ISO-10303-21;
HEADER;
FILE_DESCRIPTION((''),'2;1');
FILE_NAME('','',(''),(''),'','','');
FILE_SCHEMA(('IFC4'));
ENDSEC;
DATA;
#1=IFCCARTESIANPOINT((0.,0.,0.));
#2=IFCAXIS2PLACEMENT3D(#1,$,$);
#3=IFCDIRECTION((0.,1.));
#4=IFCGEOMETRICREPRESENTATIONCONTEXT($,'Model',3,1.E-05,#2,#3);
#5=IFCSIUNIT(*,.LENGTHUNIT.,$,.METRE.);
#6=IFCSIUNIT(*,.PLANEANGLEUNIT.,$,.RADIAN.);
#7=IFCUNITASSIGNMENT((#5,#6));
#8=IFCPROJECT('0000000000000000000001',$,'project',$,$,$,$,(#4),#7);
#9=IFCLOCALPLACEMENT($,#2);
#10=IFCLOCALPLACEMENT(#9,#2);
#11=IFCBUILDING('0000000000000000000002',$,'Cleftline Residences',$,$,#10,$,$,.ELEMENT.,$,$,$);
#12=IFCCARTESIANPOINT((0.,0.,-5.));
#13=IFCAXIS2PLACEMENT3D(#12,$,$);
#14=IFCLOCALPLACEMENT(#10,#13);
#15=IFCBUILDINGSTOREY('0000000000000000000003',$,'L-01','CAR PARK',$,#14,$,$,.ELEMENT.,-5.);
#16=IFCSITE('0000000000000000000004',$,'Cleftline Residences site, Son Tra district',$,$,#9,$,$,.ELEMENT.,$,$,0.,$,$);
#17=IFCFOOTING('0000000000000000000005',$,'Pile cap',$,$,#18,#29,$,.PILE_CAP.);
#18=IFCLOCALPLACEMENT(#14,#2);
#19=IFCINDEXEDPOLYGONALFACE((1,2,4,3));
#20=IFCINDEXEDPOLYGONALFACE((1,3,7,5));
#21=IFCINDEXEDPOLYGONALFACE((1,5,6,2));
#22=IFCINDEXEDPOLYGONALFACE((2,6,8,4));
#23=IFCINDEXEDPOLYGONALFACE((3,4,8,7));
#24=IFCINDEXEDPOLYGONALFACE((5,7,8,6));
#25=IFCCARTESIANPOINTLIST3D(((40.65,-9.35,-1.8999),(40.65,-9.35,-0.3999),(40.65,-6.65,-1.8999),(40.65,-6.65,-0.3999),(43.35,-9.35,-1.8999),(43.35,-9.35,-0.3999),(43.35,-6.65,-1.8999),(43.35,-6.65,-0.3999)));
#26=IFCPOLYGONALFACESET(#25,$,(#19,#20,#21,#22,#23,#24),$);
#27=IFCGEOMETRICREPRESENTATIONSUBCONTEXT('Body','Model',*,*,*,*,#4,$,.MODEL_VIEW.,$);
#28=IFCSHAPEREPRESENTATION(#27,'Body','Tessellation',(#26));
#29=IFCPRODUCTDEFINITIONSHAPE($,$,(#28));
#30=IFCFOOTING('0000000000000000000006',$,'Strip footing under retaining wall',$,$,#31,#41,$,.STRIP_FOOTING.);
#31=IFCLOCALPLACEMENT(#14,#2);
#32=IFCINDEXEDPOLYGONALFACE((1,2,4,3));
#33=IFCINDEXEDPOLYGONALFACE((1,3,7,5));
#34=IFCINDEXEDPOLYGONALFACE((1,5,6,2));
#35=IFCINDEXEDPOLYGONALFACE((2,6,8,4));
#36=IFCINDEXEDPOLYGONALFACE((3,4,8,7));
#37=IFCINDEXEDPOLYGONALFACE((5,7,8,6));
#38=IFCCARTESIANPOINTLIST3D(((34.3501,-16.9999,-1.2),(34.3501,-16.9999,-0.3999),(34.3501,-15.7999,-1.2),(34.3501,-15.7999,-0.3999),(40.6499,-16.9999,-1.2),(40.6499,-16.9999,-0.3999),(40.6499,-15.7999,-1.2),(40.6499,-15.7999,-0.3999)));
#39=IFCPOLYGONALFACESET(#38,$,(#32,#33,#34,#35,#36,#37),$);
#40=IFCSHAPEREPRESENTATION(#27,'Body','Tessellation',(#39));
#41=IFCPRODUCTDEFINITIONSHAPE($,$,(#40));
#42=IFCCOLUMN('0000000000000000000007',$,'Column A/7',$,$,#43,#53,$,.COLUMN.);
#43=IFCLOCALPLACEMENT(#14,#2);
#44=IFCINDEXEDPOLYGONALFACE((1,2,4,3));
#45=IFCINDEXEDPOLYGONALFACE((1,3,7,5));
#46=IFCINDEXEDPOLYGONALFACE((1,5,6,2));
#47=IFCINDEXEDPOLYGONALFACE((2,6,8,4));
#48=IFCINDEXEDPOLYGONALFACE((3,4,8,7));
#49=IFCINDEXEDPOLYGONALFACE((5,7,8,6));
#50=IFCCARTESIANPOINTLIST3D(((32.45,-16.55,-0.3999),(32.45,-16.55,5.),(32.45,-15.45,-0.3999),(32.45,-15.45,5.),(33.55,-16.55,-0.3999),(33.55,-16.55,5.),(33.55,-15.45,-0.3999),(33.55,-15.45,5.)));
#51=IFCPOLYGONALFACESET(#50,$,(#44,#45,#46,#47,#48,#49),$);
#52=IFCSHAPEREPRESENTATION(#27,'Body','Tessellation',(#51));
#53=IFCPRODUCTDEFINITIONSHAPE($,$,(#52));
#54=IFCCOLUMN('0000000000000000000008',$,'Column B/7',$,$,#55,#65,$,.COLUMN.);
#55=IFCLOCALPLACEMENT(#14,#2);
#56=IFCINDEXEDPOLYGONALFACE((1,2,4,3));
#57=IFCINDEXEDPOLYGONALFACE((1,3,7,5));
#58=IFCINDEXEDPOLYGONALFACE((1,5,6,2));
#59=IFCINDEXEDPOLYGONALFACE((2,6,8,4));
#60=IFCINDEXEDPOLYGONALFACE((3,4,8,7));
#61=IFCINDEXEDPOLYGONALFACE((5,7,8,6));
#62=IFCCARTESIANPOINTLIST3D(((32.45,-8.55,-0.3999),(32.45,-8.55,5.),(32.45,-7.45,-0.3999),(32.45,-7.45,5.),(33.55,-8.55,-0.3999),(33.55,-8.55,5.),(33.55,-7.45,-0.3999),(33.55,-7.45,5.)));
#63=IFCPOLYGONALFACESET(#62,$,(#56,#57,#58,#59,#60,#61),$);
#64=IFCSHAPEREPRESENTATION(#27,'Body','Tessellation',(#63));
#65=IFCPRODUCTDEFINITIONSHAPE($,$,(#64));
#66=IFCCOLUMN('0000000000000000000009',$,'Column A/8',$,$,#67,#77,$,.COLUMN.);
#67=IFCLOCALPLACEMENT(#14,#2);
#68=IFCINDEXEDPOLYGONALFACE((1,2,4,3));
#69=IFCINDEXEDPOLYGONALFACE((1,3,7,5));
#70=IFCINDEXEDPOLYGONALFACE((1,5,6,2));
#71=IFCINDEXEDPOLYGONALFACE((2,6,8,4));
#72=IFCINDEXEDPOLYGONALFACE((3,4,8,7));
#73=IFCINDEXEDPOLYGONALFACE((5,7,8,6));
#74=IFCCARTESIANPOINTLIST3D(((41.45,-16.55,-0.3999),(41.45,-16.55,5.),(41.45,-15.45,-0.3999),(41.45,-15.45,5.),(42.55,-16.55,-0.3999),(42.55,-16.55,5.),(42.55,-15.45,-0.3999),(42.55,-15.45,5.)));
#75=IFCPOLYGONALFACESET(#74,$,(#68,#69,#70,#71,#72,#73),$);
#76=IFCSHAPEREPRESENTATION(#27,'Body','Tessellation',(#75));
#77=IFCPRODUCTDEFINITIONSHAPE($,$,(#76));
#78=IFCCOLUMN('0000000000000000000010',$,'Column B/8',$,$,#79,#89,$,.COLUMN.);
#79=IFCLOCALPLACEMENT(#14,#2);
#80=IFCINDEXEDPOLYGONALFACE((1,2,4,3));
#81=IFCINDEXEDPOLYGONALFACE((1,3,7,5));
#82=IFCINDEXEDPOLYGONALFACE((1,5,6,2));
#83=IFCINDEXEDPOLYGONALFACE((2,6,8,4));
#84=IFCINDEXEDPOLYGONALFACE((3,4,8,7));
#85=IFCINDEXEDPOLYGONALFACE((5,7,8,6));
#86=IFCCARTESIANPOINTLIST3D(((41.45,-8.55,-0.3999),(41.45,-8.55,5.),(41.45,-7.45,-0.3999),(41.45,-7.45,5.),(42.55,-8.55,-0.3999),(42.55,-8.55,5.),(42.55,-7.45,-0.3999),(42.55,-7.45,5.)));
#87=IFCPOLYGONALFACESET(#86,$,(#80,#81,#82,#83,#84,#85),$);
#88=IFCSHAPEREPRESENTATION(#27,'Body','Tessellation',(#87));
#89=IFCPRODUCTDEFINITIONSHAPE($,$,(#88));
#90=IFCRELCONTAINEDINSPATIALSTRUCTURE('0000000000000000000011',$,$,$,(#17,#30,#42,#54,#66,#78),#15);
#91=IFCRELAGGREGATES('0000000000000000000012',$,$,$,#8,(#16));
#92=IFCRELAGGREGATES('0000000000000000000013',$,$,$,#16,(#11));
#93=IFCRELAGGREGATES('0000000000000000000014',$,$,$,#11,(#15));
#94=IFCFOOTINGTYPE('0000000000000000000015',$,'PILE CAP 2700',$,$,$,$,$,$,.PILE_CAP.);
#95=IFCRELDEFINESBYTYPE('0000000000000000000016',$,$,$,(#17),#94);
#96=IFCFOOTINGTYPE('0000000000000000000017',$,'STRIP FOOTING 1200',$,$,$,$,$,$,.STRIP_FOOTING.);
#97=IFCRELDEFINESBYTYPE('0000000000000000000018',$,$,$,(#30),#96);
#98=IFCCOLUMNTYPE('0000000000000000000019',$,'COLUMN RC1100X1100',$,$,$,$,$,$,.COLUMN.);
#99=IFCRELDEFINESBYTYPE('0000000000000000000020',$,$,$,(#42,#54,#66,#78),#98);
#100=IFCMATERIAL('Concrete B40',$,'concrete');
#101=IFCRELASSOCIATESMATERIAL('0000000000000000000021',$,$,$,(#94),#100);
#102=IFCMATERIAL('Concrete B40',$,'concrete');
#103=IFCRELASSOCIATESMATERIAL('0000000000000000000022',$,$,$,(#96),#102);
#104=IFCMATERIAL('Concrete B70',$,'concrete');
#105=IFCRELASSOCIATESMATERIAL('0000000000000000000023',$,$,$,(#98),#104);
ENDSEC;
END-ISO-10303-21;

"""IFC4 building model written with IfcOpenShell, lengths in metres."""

from ifc_helpers import new_model, si_unit, direction, frame, frame_2d, origin, origin_2d, place, context, subcontext, project, spatial, rectangle, extrude, material, material_profile, profile_set, type_object, element, save


model = new_model("IFC4")

# Units and contexts
model_context = context("Model", 3, precision=1e-05, world=origin(), true_north=direction((0.0, 1.0)))
body_context = subcontext(model_context, "Body", "Model", "MODEL_VIEW")
ifc_project = project(units=[si_unit("LENGTHUNIT", "METRE"), si_unit("PLANEANGLEUNIT", "RADIAN")], contexts=[model_context])

# Site, building, storey
site_placement = place(None, origin())
site = spatial("IfcSite", under=ifc_project, at=site_placement, Name="Cleftline Residences site, Son Tra district", CompositionType="ELEMENT", RefElevation=0.0)
building_placement = place(site_placement, origin())
building = spatial("IfcBuilding", under=site, at=building_placement, Name="Cleftline Residences", CompositionType="ELEMENT")
storey_placement = place(building_placement, frame((0.0, 0.0, -5.0)))
storey = spatial("IfcBuildingStorey", under=building, at=storey_placement, Name="L-01", Description="CAR PARK", CompositionType="ELEMENT", Elevation=-5.0)

# Footings
ifc_material_1 = material(Name="Concrete B40", Category="concrete")
footing_type_1 = type_object("IfcFootingType", Name="PILE CAP 2700", PredefinedType="PILE_CAP", material=ifc_material_1)
for number, where, z_axis, x_axis, name in (
    (1, (42.0, -8.0, -1.8999), (0.0, 0.0, 1.0), (1.0, 0.0, 0.0), "Pile cap"),
):
    element("IfcFooting", number, at=place(storey_placement, frame(where, z_axis=z_axis, x_axis=x_axis)), inside=storey, type_object=footing_type_1, Name=name, PredefinedType="PILE_CAP", context=body_context, shape_type="SweptSolid", body=[
        extrude(rectangle(XDim=2.7, YDim=2.7, at=origin_2d()), origin(), (0.0, 0.0, 1.0), 1.5),
    ])
ifc_material_2 = material(Name="Concrete B40", Category="concrete")
footing_type_2 = type_object("IfcFootingType", Name="STRIP FOOTING 1200", PredefinedType="STRIP_FOOTING", material=ifc_material_2)
footing_placement = place(storey_placement, frame((34.3501, -16.3999, -1.2), z_axis=(0.0, 0.0, 1.0), x_axis=(1.0, 0.0, 0.0)))
element("IfcFooting", 2, at=footing_placement, inside=storey, type_object=footing_type_2, Name="Strip footing under retaining wall", PredefinedType="STRIP_FOOTING", context=body_context, shape_type="SweptSolid", body=[
    extrude(rectangle(XDim=6.2998, YDim=1.2, at=frame_2d((3.1499, 0.0))), origin(), (0.0, 0.0, 1.0), 0.8),
])

# Columns
ifc_material_3 = material(Name="Concrete B70", Category="concrete")
ifc_material_profile_1 = material_profile(ifc_material_3, rectangle(XDim=1.1001, YDim=1.1001, at=origin_2d()))
ifc_profile_set_1 = profile_set([ifc_material_profile_1], Name="Concrete B70")
column_type = type_object("IfcColumnType", Name="COLUMN RC1100X1100", PredefinedType="COLUMN", material=ifc_profile_set_1)
for number, where, z_axis, x_axis, name in (
    (3, (33.0, -16.0, -0.3999), (0.0, 0.0, 1.0), (1.0, 0.0, 0.0), "Column A/7"),
    (4, (33.0, -8.0, -0.3999), (0.0, 0.0, 1.0), (1.0, 0.0, 0.0), "Column B/7"),
    (5, (42.0, -16.0, -0.3999), (0.0, 0.0, 1.0), (1.0, 0.0, 0.0), "Column A/8"),
    (6, (42.0, -8.0, -0.3999), (0.0, 0.0, 1.0), (1.0, 0.0, 0.0), "Column B/8"),
):
    element("IfcColumn", number, at=place(storey_placement, frame(where, z_axis=z_axis, x_axis=x_axis)), inside=storey, type_object=column_type, Name=name, PredefinedType="COLUMN", context=body_context, shape_type="SweptSolid", body=[
        extrude(rectangle(XDim=1.1001, YDim=1.1001, at=origin_2d()), origin(), (0.0, 0.0, 1.0), 5.3999),
    ])

save(model, "model.ifc")
